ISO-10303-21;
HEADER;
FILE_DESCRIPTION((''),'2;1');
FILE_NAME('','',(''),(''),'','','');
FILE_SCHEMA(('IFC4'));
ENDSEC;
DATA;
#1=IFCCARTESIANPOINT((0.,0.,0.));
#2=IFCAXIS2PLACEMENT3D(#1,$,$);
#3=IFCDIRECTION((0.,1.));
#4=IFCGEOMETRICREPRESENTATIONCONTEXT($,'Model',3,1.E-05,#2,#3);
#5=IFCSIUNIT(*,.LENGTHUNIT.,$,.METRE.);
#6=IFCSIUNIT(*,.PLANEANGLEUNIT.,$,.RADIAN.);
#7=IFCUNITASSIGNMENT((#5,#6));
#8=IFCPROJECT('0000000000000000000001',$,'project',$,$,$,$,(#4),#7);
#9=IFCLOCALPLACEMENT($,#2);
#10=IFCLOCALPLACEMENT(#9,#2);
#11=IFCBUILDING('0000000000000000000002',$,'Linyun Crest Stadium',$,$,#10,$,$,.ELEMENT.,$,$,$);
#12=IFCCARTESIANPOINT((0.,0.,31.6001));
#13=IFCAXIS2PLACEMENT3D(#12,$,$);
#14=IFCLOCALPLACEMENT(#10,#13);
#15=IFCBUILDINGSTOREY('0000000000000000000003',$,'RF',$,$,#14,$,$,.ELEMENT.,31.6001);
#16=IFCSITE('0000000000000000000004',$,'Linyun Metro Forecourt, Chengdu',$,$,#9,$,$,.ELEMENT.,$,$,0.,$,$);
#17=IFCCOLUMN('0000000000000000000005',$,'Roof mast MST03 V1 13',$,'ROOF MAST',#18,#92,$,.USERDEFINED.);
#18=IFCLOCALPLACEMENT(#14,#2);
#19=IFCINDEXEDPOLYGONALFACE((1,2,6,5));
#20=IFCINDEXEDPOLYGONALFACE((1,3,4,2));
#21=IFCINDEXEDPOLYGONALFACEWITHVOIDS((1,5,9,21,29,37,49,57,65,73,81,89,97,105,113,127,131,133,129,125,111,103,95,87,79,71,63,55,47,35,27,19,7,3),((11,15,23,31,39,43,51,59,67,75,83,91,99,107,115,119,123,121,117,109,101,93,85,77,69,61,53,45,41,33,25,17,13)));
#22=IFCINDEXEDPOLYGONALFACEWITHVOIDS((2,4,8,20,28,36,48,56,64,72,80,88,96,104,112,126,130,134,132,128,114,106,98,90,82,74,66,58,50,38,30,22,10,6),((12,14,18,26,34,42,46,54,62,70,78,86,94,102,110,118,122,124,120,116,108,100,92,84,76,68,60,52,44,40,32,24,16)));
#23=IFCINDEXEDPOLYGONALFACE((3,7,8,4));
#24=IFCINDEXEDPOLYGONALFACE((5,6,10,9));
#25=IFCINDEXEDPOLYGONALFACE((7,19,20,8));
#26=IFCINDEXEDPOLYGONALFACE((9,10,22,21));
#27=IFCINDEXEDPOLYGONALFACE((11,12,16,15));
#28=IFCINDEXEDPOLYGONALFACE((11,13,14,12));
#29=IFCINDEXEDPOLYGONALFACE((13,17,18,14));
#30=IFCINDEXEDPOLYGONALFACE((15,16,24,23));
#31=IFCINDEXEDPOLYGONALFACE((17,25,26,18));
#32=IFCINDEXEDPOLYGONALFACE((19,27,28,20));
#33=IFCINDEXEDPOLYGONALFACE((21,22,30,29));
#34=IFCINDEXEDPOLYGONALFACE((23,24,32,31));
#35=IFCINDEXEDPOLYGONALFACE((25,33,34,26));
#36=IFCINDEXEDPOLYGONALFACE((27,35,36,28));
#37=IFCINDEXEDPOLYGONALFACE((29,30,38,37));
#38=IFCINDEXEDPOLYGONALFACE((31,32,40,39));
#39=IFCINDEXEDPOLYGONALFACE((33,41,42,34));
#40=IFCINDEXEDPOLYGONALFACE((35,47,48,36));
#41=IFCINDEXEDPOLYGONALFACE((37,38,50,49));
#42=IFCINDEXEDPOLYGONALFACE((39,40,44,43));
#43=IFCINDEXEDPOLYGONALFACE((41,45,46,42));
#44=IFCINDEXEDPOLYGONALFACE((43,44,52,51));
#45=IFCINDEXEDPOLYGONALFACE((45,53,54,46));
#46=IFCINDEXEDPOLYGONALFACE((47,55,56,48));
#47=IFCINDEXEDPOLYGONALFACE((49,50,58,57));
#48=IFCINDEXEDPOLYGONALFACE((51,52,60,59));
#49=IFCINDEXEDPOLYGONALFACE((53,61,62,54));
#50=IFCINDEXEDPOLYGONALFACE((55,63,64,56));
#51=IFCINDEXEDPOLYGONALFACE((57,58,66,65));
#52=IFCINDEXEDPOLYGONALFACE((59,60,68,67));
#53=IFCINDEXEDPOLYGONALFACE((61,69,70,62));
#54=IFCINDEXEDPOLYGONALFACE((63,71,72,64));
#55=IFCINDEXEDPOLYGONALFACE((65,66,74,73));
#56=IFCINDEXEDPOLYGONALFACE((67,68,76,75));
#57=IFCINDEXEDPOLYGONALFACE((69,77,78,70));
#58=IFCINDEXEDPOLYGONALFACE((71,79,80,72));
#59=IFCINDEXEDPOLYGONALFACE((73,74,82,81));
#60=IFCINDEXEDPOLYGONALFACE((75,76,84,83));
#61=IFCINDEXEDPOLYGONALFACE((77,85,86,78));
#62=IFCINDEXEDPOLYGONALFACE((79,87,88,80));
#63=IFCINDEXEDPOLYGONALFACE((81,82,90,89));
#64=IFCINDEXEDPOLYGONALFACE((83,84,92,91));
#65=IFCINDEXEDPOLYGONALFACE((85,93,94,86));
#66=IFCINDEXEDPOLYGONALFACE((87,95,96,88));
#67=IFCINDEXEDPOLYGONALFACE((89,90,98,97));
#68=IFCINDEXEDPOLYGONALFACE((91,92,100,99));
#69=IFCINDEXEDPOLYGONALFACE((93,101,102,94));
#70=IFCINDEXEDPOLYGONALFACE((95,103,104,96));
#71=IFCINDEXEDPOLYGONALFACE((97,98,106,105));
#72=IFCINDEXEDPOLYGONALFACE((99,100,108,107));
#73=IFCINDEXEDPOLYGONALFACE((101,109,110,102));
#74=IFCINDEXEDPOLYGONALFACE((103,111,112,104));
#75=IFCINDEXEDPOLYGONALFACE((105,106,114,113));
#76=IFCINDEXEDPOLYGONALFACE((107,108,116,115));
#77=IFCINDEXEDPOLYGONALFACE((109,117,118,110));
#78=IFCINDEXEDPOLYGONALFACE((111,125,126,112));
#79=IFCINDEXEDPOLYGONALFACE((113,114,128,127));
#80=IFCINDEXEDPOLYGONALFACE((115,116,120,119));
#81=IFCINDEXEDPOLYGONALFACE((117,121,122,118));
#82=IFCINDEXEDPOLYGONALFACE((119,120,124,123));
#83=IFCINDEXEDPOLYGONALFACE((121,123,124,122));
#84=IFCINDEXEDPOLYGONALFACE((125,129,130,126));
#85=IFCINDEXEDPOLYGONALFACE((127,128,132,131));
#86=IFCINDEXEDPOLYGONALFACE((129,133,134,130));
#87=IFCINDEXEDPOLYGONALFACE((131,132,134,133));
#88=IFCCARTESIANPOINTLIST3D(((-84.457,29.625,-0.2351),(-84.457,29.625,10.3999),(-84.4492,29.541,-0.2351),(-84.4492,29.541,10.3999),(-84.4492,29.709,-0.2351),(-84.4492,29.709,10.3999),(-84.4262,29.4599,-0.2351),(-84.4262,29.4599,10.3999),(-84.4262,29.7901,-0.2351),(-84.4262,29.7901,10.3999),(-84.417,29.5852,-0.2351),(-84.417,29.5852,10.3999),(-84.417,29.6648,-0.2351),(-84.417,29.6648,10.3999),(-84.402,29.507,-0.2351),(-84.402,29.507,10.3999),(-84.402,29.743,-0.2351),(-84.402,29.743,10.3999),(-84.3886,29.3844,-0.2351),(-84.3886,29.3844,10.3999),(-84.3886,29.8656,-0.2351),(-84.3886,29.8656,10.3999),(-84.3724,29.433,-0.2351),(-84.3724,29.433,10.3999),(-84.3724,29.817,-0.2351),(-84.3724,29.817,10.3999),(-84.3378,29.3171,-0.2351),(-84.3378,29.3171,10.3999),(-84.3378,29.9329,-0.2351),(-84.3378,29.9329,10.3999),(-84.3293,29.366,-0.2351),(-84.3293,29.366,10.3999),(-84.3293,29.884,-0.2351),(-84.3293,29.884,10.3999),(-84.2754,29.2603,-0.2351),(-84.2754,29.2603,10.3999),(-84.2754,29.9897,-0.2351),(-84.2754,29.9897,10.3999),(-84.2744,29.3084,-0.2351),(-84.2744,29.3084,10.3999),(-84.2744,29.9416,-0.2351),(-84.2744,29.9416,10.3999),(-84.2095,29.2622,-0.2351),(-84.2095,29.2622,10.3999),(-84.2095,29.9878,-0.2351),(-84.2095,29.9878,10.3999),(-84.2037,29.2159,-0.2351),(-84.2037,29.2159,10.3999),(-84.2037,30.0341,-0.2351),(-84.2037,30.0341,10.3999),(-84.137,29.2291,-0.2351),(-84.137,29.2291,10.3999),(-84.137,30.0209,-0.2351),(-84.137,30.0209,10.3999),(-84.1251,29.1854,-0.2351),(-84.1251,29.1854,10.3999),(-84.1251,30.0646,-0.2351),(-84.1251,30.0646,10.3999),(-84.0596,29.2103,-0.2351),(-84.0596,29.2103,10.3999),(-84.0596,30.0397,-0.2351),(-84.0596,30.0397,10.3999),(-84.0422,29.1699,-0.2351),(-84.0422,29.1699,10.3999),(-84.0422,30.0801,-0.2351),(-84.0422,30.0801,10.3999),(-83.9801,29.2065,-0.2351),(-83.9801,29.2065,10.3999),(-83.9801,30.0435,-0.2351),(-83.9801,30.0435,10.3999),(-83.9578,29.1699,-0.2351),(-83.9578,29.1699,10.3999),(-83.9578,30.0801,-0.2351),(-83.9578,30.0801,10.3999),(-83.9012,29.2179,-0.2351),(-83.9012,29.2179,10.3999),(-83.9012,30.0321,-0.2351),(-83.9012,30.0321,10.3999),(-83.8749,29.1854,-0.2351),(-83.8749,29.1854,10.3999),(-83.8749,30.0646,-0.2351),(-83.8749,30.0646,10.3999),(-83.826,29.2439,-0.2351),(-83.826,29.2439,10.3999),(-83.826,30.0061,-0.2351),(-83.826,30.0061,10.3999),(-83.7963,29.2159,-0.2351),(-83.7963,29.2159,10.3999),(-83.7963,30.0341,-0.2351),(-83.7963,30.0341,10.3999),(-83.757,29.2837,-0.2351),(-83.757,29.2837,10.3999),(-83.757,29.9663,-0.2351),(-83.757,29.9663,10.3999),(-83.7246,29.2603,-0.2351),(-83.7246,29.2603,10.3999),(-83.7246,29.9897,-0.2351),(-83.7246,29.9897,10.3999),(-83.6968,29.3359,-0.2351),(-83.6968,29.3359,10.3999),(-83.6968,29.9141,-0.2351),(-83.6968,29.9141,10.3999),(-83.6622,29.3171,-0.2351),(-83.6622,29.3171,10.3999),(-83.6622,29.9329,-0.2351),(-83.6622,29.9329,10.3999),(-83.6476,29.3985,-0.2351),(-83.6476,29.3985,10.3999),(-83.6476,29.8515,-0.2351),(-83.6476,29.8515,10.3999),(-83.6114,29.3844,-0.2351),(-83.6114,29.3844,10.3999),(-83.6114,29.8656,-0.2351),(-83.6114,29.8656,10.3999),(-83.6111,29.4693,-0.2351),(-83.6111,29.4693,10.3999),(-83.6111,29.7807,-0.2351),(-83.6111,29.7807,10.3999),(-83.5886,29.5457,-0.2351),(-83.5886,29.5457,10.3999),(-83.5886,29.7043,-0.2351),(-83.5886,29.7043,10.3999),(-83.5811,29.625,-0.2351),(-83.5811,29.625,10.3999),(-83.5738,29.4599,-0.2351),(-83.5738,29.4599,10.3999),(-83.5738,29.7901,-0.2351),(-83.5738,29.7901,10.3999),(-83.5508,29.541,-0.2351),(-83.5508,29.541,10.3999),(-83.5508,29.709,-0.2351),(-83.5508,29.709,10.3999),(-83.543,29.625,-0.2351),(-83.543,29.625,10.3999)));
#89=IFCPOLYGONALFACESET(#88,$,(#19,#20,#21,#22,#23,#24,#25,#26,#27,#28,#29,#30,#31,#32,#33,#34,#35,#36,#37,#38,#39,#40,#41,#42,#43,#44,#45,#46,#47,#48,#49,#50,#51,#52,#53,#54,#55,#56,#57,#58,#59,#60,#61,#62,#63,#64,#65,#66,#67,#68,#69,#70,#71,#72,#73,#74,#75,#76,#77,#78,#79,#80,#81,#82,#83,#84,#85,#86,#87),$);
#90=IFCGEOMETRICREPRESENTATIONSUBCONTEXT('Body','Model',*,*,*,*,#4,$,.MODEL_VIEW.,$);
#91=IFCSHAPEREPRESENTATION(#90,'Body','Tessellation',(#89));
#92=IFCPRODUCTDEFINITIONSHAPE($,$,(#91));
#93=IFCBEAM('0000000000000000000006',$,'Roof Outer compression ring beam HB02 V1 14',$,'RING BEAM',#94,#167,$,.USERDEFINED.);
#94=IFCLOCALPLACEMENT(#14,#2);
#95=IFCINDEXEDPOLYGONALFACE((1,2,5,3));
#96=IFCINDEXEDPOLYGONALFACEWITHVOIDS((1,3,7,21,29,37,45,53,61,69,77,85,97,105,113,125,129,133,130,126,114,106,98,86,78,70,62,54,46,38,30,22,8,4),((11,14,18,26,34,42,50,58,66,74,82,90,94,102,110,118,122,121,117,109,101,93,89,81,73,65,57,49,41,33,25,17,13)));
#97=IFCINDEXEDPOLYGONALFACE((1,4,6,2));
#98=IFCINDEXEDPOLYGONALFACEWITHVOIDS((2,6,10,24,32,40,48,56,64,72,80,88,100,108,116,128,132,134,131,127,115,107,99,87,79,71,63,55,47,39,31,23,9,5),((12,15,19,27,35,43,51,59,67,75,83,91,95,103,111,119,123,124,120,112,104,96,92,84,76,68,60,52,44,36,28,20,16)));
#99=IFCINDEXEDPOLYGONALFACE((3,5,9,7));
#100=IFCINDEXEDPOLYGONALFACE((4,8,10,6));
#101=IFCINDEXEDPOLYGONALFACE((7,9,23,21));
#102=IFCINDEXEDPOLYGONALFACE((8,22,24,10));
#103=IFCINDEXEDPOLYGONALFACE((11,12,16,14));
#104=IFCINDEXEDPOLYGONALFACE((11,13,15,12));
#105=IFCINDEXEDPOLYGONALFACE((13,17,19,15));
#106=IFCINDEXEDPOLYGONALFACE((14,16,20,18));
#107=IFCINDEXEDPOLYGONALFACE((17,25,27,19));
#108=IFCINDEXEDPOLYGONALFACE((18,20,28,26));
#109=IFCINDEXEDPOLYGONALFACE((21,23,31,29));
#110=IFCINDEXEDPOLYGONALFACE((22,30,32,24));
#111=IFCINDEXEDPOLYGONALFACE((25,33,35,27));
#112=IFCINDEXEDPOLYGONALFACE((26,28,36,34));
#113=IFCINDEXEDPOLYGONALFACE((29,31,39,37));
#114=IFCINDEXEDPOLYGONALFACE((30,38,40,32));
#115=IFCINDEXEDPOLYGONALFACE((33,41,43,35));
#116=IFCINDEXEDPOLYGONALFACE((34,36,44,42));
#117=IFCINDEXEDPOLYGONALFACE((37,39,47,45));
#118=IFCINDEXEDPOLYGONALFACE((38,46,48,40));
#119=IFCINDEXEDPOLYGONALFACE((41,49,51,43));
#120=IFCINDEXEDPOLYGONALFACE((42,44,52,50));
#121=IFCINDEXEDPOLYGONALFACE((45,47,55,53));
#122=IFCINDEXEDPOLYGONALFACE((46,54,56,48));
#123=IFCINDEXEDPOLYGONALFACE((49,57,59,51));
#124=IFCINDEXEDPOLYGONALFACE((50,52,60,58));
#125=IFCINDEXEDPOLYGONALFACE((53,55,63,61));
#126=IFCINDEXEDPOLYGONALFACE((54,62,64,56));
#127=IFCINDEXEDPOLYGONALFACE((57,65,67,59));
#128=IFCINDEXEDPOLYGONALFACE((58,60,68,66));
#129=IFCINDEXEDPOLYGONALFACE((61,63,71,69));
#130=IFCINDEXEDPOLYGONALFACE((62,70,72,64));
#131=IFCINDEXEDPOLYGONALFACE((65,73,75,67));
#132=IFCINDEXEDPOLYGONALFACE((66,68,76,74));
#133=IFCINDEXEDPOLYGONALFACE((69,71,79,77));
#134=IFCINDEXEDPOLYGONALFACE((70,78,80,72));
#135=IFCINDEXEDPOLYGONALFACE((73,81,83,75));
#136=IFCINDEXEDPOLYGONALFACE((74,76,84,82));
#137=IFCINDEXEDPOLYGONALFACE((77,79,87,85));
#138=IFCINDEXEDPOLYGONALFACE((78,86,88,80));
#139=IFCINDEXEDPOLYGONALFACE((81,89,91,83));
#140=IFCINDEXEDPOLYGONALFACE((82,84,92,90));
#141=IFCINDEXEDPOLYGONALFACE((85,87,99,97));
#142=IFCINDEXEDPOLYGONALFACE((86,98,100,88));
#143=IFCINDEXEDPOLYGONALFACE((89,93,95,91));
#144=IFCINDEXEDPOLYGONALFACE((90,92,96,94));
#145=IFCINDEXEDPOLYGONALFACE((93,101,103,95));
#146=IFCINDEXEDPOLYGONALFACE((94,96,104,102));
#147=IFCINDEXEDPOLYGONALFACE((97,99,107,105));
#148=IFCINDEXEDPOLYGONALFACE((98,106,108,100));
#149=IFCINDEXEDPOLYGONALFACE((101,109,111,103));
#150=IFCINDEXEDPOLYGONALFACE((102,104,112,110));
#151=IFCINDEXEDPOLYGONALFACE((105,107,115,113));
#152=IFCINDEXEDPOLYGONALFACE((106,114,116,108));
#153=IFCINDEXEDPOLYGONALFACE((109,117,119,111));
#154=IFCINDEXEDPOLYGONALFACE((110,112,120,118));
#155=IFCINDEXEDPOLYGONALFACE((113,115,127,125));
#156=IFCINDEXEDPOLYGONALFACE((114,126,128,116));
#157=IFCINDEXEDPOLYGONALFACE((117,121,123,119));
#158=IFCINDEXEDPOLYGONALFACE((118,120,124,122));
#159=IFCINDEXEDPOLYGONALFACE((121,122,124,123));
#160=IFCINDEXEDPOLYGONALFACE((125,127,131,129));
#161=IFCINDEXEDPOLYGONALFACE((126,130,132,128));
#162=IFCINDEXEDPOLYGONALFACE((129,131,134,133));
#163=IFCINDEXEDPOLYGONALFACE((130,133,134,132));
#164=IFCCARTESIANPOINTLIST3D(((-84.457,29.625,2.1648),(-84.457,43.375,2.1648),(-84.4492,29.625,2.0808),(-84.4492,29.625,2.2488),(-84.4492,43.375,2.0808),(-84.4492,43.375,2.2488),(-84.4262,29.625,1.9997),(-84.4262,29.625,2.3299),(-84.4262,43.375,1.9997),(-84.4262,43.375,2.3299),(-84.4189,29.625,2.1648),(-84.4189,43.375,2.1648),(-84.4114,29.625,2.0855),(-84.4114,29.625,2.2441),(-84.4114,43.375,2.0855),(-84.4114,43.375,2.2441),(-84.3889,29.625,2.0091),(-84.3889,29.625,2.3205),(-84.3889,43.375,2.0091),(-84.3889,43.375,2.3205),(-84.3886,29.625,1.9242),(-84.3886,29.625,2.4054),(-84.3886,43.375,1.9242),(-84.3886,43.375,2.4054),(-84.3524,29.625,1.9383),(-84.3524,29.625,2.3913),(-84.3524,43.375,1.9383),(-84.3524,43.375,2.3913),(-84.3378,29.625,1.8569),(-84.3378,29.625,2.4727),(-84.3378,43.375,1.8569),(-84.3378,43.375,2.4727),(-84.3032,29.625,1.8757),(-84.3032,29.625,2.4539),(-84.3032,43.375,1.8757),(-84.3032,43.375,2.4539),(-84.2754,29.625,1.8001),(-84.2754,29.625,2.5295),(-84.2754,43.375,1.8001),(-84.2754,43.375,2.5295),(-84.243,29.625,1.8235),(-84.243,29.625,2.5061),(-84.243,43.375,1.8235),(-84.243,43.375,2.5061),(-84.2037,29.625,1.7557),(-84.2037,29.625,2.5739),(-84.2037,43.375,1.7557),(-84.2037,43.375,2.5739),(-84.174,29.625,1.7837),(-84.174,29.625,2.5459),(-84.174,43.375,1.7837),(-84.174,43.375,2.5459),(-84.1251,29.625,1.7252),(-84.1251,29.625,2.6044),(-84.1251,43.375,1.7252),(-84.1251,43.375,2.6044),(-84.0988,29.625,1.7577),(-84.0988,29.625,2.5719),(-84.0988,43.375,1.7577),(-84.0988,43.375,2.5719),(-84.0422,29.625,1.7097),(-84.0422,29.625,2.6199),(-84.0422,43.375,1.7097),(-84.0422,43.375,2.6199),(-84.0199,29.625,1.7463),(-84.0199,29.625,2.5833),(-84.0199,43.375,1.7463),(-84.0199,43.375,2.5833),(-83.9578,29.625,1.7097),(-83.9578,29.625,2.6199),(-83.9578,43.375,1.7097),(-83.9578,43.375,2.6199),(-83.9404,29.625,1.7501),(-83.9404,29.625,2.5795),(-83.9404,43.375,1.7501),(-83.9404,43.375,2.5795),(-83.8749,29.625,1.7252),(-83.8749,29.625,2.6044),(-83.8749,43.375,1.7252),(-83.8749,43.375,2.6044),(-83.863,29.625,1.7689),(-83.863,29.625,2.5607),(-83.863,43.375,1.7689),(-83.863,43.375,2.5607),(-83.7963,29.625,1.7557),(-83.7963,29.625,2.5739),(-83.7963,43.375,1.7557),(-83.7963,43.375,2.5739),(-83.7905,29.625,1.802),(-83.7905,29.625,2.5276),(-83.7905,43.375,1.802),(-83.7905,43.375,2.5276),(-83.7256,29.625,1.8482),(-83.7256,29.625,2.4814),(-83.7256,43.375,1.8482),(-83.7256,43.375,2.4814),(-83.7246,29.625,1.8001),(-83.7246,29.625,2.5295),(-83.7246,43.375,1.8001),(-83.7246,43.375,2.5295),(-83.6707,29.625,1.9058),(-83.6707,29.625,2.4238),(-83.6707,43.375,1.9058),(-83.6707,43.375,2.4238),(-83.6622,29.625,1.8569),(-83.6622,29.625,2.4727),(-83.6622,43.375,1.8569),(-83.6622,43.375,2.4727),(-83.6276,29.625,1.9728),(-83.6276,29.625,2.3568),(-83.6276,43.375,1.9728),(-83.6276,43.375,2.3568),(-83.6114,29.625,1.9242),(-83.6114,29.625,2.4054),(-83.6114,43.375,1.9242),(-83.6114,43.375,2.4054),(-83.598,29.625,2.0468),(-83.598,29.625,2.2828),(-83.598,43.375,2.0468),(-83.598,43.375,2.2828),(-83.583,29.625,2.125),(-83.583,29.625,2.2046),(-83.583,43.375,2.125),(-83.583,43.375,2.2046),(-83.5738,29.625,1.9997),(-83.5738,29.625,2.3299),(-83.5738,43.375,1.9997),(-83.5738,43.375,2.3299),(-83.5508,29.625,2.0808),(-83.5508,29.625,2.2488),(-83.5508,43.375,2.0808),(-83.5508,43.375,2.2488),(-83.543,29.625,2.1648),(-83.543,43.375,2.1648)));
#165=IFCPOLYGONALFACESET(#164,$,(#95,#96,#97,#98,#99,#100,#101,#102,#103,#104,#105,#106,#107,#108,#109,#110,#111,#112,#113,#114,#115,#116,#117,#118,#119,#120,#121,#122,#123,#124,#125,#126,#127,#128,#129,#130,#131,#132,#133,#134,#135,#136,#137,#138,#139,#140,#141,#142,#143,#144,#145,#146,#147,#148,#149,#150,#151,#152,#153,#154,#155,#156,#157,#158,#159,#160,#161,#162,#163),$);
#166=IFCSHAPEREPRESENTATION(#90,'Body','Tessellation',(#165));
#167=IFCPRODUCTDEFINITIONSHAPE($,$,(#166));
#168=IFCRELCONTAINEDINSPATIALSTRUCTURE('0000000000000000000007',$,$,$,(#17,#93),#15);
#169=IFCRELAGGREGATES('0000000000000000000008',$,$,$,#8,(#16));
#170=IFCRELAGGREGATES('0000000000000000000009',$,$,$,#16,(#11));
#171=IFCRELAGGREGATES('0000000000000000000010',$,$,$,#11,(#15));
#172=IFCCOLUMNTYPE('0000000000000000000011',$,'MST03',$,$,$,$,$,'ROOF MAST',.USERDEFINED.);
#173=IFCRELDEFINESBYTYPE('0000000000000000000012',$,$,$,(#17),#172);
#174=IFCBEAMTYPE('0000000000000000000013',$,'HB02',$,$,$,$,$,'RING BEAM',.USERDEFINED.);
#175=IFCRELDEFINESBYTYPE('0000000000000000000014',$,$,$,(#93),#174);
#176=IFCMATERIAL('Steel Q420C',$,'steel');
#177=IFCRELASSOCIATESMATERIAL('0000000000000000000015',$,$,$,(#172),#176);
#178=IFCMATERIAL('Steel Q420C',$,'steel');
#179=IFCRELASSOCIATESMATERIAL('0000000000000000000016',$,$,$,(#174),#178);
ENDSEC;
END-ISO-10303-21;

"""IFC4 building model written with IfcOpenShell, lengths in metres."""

from ifc_helpers import new_model, si_unit, direction, frame, origin, origin_2d, place, context, subcontext, project, spatial, hollow_circle, extrude, material, material_profile, profile_set, type_object, element, save


model = new_model("IFC4")

# Units and contexts
model_context = context("Model", 3, precision=1e-05, world=origin(), true_north=direction((0.0, 1.0)))
body_context = subcontext(model_context, "Body", "Model", "MODEL_VIEW")
ifc_project = project(units=[si_unit("LENGTHUNIT", "METRE"), si_unit("PLANEANGLEUNIT", "RADIAN")], contexts=[model_context])

# Site, building, storey
site_placement = place(None, origin())
site = spatial("IfcSite", under=ifc_project, at=site_placement, Name="Linyun Metro Forecourt, Chengdu", CompositionType="ELEMENT", RefElevation=0.0)
building_placement = place(site_placement, origin())
building = spatial("IfcBuilding", under=site, at=building_placement, Name="Linyun Crest Stadium", CompositionType="ELEMENT")
storey_placement = place(building_placement, frame((0.0, 0.0, 31.6001)))
storey = spatial("IfcBuildingStorey", under=building, at=storey_placement, Name="RF", CompositionType="ELEMENT", Elevation=31.6001)

# Column
ifc_material_1 = material(Name="Steel Q420C", Category="steel")
ifc_material_profile_1 = material_profile(ifc_material_1, hollow_circle(Radius=0.457, WallThickness=0.0381, at=origin_2d()), Name="CHS 914x38")
ifc_profile_set_1 = profile_set([ifc_material_profile_1], Name="Steel Q420C")
column_type = type_object("IfcColumnType", Name="MST03", ElementType="ROOF MAST", PredefinedType="USERDEFINED", material=ifc_profile_set_1)
column_placement = place(storey_placement, frame((-84.0, 29.625, -0.2351), z_axis=(0.0, 0.0, 1.0), x_axis=(1.0, 0.0, 0.0)))
element("IfcColumn", 1, at=column_placement, inside=storey, type_object=column_type, Name="Roof mast MST03 V1 13", ObjectType="ROOF MAST", PredefinedType="USERDEFINED", context=body_context, shape_type="SweptSolid", body=[
    extrude(hollow_circle(Radius=0.457, WallThickness=0.0381, at=origin_2d()), origin(), (0.0, 0.0, 1.0), 10.635),
])

# Beam
ifc_material_2 = material(Name="Steel Q420C", Category="steel")
ifc_material_profile_2 = material_profile(ifc_material_2, hollow_circle(Radius=0.457, WallThickness=0.0381, at=origin_2d()), Name="CHS 914x38")
ifc_profile_set_2 = profile_set([ifc_material_profile_2], Name="Steel Q420C")
beam_type = type_object("IfcBeamType", Name="HB02", ElementType="RING BEAM", PredefinedType="USERDEFINED", material=ifc_profile_set_2)
beam_placement = place(storey_placement, frame((-84.0, 29.625, 2.1648), z_axis=(0.0, 1.0, 0.0), x_axis=(-1.0, 0.0, 0.0)))
element("IfcBeam", 2, at=beam_placement, inside=storey, type_object=beam_type, Name="Roof Outer compression ring beam HB02 V1 14", ObjectType="RING BEAM", PredefinedType="USERDEFINED", context=body_context, shape_type="SweptSolid", body=[
    extrude(hollow_circle(Radius=0.457, WallThickness=0.0381, at=origin_2d()), origin(), (0.0, 0.0, 1.0), 13.75),
])

save(model, "model.ifc")
